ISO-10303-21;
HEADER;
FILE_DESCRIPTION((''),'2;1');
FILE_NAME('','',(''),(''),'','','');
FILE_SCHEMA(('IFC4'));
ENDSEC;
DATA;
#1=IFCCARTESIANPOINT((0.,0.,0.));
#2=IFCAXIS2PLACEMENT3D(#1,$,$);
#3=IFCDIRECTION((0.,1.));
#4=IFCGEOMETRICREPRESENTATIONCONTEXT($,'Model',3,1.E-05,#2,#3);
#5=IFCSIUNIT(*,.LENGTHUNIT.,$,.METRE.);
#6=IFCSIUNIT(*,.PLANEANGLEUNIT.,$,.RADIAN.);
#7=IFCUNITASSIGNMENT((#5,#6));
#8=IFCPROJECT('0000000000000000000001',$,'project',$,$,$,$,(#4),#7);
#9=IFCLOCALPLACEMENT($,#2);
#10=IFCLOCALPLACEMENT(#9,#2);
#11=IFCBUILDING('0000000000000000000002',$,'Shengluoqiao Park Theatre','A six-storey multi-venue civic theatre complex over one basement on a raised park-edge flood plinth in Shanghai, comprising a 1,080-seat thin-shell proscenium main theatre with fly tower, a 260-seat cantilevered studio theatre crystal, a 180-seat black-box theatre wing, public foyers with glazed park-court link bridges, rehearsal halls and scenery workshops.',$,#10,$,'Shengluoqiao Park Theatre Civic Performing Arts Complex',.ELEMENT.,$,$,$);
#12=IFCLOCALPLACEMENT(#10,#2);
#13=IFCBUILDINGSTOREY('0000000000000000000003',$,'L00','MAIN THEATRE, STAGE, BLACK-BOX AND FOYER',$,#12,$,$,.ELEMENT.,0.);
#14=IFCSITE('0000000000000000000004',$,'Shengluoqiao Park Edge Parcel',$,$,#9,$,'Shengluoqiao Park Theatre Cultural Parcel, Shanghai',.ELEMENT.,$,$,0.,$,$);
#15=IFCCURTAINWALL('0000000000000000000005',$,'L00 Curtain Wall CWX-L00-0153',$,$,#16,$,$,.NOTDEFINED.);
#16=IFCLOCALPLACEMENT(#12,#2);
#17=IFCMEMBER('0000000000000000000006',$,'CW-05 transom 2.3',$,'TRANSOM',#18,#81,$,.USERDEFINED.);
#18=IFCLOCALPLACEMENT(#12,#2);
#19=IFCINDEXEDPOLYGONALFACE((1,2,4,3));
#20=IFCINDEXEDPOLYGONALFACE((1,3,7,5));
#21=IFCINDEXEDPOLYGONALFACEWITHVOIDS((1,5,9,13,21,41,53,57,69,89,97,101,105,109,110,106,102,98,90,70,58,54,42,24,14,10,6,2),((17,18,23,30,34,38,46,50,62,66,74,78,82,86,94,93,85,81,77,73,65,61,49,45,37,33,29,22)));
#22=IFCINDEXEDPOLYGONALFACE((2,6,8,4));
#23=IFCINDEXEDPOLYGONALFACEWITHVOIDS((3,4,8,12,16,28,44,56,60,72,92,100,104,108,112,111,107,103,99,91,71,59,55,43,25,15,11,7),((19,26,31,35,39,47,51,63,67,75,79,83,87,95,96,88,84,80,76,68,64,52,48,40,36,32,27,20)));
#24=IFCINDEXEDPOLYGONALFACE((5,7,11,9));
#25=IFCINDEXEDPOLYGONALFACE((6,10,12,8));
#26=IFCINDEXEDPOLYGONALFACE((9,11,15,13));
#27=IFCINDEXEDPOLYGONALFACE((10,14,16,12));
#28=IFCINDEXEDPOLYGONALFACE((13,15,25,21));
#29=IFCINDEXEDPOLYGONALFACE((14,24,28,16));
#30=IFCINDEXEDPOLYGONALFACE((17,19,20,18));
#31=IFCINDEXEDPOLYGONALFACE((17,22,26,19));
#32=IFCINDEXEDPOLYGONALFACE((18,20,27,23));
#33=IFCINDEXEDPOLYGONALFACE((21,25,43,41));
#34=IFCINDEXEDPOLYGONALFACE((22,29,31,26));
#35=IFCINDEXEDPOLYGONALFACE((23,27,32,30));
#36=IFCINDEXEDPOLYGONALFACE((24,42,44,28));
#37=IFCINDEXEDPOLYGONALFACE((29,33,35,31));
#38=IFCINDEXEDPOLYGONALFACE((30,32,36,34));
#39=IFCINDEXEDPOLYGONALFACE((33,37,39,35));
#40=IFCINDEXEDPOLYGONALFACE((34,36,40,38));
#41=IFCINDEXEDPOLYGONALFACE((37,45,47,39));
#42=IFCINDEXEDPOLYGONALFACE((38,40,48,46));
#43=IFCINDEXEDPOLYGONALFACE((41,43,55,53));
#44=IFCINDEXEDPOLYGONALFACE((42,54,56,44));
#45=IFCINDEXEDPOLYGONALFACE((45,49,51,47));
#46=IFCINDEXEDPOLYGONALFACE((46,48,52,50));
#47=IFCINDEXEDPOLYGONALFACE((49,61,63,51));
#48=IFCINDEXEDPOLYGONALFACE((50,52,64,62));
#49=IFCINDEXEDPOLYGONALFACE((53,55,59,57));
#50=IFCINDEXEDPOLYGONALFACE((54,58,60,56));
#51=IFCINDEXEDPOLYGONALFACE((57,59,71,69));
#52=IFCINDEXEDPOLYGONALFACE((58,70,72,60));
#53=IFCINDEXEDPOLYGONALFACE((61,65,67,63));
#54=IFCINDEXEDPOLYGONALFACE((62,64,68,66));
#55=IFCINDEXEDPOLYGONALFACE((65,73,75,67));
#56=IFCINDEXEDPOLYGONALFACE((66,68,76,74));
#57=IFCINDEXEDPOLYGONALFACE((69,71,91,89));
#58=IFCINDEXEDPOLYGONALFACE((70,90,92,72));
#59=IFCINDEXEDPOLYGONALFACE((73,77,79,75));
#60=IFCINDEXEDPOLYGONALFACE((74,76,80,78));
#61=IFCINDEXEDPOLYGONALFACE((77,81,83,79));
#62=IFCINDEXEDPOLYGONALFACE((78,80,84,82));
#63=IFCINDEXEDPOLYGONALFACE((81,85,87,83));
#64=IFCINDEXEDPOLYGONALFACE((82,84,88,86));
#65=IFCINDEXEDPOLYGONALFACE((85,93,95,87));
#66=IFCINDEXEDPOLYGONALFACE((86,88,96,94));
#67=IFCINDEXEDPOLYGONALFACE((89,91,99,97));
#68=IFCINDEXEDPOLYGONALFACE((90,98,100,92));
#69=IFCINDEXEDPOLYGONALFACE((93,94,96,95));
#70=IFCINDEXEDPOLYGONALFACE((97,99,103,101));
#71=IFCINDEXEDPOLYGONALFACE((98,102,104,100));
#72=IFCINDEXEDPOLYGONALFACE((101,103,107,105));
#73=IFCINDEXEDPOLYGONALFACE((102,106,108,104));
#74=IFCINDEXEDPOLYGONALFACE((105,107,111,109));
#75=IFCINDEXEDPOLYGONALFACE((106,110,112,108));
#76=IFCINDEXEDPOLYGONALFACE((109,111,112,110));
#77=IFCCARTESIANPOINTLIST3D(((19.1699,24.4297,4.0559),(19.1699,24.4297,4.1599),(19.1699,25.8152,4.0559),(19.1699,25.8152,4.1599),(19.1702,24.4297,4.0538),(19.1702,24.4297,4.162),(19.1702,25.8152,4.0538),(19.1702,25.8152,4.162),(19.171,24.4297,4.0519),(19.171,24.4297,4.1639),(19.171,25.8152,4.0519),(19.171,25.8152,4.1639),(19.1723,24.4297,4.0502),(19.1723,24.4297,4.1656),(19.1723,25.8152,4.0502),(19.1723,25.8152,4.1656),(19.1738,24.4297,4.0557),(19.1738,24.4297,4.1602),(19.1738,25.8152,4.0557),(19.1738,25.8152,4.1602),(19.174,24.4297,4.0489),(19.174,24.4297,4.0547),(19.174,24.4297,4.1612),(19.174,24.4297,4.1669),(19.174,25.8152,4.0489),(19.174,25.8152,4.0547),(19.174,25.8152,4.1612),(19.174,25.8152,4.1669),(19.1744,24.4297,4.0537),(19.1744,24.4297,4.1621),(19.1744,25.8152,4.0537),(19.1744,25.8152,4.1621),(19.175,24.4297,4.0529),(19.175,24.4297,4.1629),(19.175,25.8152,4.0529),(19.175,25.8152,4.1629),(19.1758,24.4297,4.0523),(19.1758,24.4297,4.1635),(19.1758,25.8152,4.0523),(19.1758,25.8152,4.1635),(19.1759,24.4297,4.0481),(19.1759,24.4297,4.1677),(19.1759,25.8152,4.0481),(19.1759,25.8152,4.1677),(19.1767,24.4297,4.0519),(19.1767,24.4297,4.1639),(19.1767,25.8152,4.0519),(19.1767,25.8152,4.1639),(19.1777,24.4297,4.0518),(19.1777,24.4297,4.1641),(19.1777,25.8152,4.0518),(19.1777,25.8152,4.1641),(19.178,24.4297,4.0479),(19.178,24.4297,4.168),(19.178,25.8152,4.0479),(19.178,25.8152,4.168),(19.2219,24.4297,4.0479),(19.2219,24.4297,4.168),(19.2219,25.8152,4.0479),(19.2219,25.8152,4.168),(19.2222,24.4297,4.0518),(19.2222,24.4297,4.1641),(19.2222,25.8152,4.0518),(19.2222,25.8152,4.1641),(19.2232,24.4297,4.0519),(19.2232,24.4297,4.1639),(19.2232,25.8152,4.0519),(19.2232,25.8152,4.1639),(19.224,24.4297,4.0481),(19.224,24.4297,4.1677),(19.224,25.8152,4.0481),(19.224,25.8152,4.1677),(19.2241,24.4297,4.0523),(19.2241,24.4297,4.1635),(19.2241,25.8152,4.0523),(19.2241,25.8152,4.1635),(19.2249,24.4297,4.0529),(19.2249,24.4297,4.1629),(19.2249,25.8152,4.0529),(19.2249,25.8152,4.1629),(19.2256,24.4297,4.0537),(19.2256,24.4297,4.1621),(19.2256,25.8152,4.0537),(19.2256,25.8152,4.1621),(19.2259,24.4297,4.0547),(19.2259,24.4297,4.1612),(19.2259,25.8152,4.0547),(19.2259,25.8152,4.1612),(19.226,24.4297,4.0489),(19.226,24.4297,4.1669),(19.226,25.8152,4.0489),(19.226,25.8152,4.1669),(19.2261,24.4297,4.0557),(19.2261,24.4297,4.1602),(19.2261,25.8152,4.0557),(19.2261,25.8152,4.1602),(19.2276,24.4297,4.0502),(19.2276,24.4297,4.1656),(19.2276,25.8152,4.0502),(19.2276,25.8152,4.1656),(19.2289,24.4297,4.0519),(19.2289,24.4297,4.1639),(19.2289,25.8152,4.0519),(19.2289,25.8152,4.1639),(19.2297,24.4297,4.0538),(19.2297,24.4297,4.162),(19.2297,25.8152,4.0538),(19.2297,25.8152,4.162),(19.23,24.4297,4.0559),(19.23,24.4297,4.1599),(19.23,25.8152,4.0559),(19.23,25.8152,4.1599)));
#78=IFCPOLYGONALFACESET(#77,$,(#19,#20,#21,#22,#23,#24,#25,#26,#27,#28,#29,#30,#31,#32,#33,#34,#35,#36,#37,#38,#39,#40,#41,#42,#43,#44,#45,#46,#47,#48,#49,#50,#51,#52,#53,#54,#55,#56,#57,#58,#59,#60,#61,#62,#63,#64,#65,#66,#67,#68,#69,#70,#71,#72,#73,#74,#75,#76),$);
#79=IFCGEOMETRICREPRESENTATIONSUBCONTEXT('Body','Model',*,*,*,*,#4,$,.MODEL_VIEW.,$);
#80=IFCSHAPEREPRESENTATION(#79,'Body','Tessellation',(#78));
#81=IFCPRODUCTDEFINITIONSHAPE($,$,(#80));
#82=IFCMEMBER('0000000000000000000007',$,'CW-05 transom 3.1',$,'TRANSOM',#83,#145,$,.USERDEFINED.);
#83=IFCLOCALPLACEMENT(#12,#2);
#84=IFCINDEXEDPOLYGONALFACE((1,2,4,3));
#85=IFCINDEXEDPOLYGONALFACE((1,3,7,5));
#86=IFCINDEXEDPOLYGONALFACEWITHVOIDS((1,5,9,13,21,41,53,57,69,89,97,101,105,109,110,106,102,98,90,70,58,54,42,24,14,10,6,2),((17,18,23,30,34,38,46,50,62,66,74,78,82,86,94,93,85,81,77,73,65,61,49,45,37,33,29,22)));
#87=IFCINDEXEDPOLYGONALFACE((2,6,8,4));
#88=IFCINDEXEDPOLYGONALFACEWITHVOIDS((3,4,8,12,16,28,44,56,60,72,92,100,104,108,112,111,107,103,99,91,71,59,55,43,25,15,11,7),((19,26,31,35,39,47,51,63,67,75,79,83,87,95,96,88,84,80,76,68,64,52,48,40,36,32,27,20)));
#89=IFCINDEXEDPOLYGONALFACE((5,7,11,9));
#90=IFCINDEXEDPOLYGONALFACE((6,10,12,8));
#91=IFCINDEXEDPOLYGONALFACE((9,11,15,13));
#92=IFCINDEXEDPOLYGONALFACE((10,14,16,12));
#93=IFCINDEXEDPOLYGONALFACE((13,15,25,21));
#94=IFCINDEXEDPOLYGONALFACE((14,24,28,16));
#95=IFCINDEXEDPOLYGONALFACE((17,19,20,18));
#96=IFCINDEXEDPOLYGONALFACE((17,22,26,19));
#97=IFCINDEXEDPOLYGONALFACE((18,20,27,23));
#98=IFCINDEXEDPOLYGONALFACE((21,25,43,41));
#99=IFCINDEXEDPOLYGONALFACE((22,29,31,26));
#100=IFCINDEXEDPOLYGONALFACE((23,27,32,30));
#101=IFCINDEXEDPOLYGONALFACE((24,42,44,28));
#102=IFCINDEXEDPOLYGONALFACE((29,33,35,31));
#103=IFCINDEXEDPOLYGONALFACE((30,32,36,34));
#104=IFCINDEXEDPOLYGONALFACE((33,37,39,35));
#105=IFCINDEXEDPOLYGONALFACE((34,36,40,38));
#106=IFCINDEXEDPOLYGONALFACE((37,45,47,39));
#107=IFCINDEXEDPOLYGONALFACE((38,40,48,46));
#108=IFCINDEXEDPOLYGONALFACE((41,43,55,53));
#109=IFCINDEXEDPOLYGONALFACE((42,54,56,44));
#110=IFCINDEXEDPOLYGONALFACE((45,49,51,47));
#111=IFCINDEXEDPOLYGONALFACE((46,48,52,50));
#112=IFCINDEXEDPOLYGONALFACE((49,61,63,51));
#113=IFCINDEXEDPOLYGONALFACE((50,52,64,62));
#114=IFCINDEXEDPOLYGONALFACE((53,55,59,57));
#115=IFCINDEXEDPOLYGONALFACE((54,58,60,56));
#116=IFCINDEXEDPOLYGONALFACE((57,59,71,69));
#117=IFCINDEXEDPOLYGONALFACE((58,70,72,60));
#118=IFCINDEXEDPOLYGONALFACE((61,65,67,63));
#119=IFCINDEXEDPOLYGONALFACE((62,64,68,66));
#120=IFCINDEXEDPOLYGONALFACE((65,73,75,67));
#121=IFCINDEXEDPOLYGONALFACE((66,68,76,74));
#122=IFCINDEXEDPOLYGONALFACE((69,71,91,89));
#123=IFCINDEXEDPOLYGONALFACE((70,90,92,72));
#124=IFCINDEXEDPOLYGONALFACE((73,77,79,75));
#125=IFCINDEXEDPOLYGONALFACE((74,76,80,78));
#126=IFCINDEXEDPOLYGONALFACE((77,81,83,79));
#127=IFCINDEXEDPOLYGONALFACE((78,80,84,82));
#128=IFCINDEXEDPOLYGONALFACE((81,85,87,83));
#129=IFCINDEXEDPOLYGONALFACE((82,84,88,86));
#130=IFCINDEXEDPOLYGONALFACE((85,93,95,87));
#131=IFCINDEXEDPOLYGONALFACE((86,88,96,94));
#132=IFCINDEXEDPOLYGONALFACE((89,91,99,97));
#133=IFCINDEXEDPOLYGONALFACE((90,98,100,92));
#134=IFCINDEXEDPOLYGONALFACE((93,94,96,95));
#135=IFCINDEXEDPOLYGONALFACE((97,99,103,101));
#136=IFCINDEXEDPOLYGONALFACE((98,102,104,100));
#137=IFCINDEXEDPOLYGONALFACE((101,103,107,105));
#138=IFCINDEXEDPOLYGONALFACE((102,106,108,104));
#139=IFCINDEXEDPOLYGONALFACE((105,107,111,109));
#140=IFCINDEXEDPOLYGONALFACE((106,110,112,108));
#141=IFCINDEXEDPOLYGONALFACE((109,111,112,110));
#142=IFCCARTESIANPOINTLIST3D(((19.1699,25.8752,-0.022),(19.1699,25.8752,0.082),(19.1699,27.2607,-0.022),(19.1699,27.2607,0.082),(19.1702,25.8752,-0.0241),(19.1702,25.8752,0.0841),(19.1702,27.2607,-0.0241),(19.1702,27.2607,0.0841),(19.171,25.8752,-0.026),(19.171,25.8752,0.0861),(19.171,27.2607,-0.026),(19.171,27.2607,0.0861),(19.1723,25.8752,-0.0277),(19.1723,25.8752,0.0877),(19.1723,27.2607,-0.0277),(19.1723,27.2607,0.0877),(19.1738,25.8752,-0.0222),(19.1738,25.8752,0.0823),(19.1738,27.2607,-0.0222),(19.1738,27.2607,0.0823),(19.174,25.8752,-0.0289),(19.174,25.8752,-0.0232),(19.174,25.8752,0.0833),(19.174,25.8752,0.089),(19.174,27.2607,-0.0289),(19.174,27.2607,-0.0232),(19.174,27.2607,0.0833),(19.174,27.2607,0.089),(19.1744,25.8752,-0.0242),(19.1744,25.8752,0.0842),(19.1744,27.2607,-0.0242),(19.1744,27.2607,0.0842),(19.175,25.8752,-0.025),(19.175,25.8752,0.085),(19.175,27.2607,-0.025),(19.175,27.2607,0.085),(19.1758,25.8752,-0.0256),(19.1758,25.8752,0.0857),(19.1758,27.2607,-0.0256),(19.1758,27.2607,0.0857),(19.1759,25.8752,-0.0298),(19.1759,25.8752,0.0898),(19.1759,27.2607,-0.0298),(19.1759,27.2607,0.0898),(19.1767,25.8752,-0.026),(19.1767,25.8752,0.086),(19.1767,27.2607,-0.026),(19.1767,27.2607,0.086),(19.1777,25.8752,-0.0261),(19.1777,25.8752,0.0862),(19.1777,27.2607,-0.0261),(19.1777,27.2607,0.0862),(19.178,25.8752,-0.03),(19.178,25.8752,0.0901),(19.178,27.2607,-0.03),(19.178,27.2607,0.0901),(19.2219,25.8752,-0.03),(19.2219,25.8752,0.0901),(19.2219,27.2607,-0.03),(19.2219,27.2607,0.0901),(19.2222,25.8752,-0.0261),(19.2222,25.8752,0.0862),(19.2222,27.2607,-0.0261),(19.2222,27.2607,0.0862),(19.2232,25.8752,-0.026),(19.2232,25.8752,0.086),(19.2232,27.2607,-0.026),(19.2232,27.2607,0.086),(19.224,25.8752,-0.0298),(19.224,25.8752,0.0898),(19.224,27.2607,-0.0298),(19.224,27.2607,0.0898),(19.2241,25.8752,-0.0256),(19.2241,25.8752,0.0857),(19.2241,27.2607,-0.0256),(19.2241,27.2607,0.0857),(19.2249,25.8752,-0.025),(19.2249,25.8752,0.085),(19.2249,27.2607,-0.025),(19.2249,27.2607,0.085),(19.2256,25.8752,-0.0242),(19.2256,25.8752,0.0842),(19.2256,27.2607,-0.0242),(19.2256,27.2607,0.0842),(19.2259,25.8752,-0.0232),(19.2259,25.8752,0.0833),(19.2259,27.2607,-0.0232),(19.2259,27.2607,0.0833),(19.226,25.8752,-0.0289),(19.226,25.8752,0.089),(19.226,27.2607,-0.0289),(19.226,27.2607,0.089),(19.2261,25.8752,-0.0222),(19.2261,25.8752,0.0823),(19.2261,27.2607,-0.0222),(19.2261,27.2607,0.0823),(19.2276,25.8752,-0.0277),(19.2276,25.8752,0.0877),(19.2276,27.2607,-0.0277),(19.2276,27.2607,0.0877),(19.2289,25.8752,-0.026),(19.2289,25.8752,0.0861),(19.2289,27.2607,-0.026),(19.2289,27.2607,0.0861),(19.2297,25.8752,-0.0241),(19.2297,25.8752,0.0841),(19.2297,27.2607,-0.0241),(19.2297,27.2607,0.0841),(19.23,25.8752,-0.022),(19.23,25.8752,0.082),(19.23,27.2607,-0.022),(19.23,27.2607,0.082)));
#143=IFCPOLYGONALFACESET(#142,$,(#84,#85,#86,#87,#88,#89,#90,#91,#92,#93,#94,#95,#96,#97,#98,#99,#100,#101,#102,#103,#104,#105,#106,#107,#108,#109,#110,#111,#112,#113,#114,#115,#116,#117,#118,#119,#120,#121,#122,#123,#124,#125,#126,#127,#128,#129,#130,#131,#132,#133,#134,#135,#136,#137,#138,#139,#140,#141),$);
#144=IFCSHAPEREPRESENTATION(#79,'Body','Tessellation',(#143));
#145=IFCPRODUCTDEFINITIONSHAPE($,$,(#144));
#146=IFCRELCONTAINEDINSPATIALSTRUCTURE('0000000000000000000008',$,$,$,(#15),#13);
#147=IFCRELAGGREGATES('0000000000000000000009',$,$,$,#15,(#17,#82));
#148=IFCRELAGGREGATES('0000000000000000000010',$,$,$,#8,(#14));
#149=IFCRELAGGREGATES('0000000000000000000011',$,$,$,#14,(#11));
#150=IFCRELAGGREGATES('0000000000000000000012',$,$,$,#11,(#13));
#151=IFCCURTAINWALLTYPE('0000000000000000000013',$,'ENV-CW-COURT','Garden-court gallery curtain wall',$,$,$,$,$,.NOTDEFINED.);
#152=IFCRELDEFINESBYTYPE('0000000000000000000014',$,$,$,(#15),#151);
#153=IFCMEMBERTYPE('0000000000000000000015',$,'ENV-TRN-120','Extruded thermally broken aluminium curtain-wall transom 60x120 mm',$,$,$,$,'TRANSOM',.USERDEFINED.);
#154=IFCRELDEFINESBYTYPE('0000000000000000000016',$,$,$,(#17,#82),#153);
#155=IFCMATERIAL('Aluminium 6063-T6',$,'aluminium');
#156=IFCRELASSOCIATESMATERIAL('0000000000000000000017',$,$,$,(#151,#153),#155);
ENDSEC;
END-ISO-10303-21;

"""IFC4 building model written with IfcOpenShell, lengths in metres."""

from ifc_helpers import new_model, si_unit, direction, frame, origin, origin_2d, place, context, subcontext, project, spatial, hollow_rectangle, extrude, material, material_profile, profile_set, type_object, element, aggregate, save


model = new_model("IFC4")

# Units and contexts
model_context = context("Model", 3, precision=1e-05, world=origin(), true_north=direction((0.0, 1.0)))
body_context = subcontext(model_context, "Body", "Model", "MODEL_VIEW")
ifc_project = project(units=[si_unit("LENGTHUNIT", "METRE"), si_unit("PLANEANGLEUNIT", "RADIAN")], contexts=[model_context])

# Site, building, storey
site_placement = place(None, origin())
site = spatial("IfcSite", under=ifc_project, at=site_placement, Name="Shengluoqiao Park Edge Parcel", LongName="Shengluoqiao Park Theatre Cultural Parcel, Shanghai", CompositionType="ELEMENT", RefElevation=0.0)
building_placement = place(site_placement, origin())
building = spatial("IfcBuilding", under=site, at=building_placement, Name="Shengluoqiao Park Theatre", Description="A six-storey multi-venue civic theatre complex over one basement on a raised park-edge flood plinth in Shanghai, comprising a 1,080-seat thin-shell proscenium main theatre with fly tower, a 260-seat cantilevered studio theatre crystal, a 180-seat black-box theatre wing, public foyers with glazed park-court link bridges, rehearsal halls and scenery workshops.", LongName="Shengluoqiao Park Theatre Civic Performing Arts Complex", CompositionType="ELEMENT")
storey_placement = place(building_placement, origin())
storey = spatial("IfcBuildingStorey", under=building, at=storey_placement, Name="L00", Description="MAIN THEATRE, STAGE, BLACK-BOX AND FOYER", CompositionType="ELEMENT", Elevation=0.0)

# Shared definitions
ifc_material_1 = material(Name="Aluminium 6063-T6", Category="aluminium")

# Curtain wall, members
curtain_wall_type_1 = type_object("IfcCurtainWallType", Name="ENV-CW-COURT", Description="Garden-court gallery curtain wall", PredefinedType="NOTDEFINED", material=ifc_material_1)
curtain_wall_1_placement = place(storey_placement, origin())
curtain_wall_1 = element("IfcCurtainWall", 1, at=curtain_wall_1_placement, inside=storey, type_object=curtain_wall_type_1, Name="L00 Curtain Wall CWX-L00-0153", PredefinedType="NOTDEFINED")
ifc_material_profile_1 = material_profile(ifc_material_1, hollow_rectangle(XDim=0.0601, YDim=0.1201, WallThickness=0.0039, InnerFilletRadius=0.0039, OuterFilletRadius=0.0081, at=origin_2d()), Name="ALU TRANSOM 120x60x4")
ifc_profile_set_1 = profile_set([ifc_material_profile_1], Name="Aluminium 6063-T6")
member_type_1 = type_object("IfcMemberType", Name="ENV-TRN-120", Description="Extruded thermally broken aluminium curtain-wall transom 60x120 mm", ElementType="TRANSOM", PredefinedType="USERDEFINED", material=ifc_profile_set_1)
member_1_placement = place(storey_placement, frame((19.2, 24.4297, 4.1079), z_axis=(0.0, 1.0, 0.0), x_axis=(-1.0, 0.0, 0.0)))
member_1 = element("IfcMember", 2, at=member_1_placement, type_object=member_type_1, Name="CW-05 transom 2.3", ObjectType="TRANSOM", PredefinedType="USERDEFINED", context=body_context, shape_type="SweptSolid", body=[
    extrude(hollow_rectangle(XDim=0.0601, YDim=0.1201, WallThickness=0.0039, InnerFilletRadius=0.0039, OuterFilletRadius=0.0081, at=origin_2d()), origin(), (0.0, 0.0, 1.0), 1.3855),
])
member_2_placement = place(storey_placement, frame((19.2, 25.8752, 0.03), z_axis=(0.0, 1.0, 0.0), x_axis=(-1.0, 0.0, 0.0)))
member_2 = element("IfcMember", 3, at=member_2_placement, type_object=member_type_1, Name="CW-05 transom 3.1", ObjectType="TRANSOM", PredefinedType="USERDEFINED", context=body_context, shape_type="SweptSolid", body=[
    extrude(hollow_rectangle(XDim=0.0601, YDim=0.1201, WallThickness=0.0039, InnerFilletRadius=0.0039, OuterFilletRadius=0.0081, at=origin_2d()), origin(), (0.0, 0.0, 1.0), 1.3855),
])
aggregate(curtain_wall_1, [member_1, member_2])

save(model, "model.ifc")
